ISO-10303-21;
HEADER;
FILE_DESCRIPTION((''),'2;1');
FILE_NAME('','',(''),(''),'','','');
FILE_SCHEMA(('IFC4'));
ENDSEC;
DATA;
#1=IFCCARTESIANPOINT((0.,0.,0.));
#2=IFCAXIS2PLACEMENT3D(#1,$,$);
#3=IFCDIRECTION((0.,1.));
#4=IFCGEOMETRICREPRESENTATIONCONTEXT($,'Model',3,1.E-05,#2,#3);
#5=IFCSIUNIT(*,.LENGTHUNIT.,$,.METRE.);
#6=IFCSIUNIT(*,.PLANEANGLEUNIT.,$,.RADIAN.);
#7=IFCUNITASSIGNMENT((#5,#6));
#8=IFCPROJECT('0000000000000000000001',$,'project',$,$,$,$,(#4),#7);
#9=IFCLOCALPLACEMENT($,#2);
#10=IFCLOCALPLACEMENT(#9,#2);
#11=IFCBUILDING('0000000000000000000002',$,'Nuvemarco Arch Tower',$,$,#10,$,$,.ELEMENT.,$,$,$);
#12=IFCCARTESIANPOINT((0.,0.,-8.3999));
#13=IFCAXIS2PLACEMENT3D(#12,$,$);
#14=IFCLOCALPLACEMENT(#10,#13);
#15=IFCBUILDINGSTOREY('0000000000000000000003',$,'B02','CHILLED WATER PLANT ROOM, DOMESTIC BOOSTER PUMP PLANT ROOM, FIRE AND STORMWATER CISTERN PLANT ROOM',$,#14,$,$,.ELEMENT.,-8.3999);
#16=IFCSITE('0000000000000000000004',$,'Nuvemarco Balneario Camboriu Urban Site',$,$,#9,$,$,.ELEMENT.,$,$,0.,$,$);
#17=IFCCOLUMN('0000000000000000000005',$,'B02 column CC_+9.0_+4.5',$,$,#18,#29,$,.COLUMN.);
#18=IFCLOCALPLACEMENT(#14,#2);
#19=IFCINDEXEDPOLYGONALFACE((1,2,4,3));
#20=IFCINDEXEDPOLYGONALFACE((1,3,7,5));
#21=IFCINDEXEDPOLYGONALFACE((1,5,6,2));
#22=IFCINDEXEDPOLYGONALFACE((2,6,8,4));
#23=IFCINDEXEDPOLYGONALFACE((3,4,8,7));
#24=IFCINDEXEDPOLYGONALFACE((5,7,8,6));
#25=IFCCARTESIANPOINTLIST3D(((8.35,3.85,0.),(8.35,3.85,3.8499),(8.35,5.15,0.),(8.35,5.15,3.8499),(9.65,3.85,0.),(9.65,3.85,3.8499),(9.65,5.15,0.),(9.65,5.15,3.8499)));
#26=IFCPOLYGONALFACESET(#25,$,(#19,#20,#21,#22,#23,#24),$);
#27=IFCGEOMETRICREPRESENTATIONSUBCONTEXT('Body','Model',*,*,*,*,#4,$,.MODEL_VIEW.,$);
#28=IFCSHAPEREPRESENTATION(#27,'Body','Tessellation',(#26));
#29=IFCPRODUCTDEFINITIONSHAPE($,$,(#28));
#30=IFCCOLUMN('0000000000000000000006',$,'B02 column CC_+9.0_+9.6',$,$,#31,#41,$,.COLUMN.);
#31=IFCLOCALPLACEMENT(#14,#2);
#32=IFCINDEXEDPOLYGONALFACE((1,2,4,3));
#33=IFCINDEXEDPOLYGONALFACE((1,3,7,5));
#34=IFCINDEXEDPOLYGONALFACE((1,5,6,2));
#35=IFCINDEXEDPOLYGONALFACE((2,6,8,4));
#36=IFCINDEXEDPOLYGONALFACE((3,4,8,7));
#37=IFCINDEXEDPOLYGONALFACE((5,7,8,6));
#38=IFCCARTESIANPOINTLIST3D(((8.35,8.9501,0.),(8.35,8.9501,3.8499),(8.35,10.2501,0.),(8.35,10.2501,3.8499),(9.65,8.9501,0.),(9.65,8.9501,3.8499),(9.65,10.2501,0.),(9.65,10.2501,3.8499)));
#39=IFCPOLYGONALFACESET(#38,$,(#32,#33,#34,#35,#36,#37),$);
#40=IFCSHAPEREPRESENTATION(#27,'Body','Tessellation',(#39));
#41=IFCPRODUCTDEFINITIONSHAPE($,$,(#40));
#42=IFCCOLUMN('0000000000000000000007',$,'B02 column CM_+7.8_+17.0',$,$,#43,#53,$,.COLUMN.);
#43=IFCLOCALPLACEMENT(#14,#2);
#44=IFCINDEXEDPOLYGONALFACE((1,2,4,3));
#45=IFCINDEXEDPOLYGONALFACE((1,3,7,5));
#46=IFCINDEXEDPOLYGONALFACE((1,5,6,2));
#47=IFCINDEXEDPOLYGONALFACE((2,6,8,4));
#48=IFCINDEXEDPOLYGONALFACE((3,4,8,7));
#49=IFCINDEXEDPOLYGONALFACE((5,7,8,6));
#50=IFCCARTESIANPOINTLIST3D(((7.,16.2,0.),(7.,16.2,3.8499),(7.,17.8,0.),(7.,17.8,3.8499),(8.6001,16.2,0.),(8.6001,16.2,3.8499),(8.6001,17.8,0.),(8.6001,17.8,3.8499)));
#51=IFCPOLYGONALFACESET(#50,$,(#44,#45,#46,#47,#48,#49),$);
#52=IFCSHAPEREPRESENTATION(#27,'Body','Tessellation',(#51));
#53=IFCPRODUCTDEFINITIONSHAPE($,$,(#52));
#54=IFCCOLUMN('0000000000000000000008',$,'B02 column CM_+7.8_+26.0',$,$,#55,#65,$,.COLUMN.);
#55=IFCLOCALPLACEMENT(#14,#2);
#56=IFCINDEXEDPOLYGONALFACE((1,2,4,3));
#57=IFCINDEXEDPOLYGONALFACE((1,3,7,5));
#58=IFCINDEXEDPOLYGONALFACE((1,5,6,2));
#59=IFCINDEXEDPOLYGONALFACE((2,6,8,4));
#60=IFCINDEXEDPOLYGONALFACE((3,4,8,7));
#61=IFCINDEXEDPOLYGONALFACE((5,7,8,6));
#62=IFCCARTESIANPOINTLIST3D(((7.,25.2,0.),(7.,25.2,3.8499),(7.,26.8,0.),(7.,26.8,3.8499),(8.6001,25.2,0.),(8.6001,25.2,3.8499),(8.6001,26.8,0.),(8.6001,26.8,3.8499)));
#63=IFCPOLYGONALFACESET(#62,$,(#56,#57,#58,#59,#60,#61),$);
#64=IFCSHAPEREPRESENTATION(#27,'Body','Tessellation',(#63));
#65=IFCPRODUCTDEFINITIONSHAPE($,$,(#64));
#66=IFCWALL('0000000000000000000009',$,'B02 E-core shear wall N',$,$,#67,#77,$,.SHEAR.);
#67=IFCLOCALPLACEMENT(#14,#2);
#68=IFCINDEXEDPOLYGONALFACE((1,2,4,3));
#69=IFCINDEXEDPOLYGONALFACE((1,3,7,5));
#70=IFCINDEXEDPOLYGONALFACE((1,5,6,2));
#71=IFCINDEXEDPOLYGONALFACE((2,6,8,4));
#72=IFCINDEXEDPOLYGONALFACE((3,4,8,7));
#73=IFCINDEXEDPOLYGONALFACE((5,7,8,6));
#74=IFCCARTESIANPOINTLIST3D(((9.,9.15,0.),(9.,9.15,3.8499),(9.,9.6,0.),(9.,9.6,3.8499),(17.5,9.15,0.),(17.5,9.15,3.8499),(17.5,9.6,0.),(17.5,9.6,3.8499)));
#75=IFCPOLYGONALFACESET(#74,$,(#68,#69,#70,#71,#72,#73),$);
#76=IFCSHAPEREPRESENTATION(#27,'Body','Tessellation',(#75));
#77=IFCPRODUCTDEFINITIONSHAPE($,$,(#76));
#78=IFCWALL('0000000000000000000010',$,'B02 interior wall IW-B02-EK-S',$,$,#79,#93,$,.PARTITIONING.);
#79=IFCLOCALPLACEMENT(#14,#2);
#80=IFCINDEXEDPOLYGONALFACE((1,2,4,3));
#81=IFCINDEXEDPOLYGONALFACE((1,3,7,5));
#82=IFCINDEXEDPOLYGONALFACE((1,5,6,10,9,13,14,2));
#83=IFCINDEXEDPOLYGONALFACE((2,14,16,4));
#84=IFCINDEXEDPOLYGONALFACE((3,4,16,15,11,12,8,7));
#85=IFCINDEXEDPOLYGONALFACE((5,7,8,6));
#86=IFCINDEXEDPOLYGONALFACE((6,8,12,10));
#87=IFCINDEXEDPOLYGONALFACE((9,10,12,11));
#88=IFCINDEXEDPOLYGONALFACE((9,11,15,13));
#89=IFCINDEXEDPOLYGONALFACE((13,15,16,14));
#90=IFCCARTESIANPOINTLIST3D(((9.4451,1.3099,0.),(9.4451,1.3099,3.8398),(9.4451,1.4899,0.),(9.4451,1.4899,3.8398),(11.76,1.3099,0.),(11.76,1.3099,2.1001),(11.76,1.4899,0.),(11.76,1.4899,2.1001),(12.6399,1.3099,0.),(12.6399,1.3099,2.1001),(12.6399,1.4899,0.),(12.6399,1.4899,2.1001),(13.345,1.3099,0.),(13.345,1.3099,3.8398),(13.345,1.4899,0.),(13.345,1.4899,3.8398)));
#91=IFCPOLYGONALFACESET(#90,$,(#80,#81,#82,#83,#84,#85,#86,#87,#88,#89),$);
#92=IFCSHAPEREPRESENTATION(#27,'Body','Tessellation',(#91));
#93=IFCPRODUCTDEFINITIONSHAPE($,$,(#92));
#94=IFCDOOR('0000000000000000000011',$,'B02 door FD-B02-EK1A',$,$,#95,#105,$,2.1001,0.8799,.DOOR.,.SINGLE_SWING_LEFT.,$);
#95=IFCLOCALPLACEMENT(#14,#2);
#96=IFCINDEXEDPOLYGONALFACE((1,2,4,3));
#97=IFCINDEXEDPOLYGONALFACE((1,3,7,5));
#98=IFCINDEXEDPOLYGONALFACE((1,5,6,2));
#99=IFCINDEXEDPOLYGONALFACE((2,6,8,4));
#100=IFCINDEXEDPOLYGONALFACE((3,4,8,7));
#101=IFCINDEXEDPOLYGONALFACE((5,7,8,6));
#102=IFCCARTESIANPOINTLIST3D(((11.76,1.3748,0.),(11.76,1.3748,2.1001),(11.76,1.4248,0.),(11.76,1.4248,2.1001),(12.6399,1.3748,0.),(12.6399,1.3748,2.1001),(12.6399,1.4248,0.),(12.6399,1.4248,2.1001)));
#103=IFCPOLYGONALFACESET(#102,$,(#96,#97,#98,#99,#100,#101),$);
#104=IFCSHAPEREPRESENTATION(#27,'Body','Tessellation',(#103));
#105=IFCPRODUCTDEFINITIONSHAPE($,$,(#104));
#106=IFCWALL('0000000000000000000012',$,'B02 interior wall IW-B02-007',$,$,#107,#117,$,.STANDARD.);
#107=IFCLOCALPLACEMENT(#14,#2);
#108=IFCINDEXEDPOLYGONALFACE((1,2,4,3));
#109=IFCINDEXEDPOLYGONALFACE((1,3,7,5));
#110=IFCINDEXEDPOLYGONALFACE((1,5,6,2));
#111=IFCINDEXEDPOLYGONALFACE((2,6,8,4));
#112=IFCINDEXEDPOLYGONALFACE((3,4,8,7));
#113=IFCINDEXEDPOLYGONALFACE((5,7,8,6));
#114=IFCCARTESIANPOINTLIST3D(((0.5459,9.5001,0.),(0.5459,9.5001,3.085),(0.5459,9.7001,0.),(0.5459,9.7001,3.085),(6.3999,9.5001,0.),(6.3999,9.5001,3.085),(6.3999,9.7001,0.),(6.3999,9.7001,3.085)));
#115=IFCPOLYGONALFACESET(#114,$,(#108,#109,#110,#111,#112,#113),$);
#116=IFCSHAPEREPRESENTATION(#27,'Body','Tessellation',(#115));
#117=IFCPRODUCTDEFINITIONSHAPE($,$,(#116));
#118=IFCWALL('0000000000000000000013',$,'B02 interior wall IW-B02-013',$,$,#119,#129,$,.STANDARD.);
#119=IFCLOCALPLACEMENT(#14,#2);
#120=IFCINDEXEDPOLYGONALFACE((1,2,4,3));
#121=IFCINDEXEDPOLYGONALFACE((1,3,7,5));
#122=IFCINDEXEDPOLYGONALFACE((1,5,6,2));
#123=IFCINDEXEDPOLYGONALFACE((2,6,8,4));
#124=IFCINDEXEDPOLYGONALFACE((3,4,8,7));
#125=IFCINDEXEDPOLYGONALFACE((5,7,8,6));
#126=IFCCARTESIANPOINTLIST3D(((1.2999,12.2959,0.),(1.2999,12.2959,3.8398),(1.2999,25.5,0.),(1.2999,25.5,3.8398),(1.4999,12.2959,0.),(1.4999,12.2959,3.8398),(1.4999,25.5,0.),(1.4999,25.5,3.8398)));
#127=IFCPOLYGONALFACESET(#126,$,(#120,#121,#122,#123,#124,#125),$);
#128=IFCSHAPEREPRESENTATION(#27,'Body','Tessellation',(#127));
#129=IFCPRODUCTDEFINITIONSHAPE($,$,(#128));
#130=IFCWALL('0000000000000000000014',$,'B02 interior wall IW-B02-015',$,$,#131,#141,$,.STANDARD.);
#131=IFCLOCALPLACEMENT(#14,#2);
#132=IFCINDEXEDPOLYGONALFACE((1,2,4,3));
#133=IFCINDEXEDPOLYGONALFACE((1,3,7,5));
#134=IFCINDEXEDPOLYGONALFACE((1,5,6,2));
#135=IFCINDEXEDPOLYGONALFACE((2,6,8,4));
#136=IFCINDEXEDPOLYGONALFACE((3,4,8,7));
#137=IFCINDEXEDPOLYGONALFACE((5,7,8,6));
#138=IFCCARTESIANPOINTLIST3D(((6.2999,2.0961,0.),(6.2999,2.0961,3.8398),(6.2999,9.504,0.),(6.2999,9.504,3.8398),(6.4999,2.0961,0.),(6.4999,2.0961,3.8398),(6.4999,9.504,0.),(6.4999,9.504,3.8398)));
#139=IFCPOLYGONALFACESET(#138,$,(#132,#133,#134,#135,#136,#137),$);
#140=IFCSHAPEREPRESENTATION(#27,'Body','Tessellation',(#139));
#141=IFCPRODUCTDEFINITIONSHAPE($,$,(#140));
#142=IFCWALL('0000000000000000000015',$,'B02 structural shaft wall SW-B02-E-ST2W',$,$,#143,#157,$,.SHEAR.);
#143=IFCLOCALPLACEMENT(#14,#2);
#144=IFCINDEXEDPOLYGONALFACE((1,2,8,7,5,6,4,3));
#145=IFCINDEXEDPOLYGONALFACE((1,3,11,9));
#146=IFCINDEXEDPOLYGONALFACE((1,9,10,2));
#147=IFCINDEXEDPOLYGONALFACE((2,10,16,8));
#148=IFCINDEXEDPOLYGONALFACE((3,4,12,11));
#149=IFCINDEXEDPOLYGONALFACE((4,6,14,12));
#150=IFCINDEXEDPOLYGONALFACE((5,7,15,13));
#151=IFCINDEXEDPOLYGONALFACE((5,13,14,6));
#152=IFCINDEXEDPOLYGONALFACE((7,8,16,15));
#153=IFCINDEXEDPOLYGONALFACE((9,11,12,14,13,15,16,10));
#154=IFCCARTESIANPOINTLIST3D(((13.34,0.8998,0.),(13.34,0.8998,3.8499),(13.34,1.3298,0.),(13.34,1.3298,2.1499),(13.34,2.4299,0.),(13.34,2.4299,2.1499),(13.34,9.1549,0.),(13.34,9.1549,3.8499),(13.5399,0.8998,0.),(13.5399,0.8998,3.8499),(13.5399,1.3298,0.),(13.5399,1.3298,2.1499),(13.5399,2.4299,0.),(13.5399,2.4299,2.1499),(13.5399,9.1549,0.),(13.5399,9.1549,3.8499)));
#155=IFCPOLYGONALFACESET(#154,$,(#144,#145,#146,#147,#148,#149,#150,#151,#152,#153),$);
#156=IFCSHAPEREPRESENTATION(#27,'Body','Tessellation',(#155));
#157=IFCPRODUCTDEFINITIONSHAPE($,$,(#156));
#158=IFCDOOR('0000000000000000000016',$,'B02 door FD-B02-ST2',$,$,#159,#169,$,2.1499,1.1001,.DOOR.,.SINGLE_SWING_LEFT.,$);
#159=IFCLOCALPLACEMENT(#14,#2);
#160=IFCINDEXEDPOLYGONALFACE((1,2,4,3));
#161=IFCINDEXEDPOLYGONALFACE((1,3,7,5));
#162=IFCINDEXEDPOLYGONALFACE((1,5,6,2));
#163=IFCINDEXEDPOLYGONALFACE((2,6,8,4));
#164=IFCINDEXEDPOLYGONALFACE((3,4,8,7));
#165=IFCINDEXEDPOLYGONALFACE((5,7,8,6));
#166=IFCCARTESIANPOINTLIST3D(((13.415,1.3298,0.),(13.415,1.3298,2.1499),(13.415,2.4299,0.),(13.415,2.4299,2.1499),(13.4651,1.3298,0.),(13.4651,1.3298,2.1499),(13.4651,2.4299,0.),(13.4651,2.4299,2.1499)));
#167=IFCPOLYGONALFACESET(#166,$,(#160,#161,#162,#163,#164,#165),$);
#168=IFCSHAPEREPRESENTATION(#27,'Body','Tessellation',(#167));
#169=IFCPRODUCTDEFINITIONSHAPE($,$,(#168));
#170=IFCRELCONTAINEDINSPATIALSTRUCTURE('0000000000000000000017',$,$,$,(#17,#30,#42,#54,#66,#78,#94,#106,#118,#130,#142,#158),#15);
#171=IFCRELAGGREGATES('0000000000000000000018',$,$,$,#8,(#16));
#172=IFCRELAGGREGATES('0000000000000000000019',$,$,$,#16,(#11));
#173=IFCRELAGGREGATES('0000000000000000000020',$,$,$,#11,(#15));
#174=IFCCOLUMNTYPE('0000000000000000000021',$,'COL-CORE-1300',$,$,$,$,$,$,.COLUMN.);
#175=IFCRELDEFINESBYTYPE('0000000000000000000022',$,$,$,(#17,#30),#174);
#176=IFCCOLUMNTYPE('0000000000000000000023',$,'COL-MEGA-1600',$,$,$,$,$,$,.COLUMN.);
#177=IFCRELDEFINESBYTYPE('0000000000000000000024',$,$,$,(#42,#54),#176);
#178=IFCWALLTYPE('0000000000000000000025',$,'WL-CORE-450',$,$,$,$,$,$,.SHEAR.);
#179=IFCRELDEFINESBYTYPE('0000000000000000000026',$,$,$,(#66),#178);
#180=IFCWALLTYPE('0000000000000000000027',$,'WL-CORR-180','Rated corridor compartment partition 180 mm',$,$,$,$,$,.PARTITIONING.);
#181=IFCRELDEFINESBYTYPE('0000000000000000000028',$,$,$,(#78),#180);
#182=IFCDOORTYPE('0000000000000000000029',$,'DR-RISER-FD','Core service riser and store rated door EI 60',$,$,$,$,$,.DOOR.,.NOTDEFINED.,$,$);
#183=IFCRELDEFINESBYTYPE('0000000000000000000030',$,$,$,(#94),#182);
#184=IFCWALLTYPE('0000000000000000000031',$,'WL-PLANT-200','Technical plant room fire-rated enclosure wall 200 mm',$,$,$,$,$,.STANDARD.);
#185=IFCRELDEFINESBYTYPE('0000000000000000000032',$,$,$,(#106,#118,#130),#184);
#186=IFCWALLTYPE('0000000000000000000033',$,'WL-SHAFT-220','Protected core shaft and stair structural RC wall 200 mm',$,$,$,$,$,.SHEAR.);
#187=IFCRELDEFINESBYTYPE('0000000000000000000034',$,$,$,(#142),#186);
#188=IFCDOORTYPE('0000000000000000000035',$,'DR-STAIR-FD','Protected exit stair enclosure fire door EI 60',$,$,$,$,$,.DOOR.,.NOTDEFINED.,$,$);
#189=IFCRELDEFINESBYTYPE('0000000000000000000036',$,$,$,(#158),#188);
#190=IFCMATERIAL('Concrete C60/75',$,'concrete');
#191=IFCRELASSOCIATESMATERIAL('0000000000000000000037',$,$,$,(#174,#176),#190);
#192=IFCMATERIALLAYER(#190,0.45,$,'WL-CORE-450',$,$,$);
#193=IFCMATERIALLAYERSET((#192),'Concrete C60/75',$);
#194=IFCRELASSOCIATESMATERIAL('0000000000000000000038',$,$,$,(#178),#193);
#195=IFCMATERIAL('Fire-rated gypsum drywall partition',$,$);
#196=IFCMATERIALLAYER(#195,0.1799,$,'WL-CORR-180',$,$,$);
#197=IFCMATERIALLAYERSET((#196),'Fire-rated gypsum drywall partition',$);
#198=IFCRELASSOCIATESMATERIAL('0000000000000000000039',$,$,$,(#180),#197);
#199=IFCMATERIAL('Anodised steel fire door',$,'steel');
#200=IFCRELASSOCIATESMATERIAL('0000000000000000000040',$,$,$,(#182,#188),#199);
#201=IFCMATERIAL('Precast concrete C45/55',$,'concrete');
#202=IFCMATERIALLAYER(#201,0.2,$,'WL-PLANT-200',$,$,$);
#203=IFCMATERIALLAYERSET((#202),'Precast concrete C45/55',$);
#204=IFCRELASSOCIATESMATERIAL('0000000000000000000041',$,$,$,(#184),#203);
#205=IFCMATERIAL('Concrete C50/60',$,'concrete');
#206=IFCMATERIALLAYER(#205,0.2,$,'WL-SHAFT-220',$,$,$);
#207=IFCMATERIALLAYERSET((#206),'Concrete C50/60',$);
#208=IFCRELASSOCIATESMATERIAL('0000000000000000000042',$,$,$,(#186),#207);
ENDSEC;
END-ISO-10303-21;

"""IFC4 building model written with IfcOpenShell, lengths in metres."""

from ifc_helpers import new_model, si_unit, direction, frame, frame_2d, origin, origin_2d, place, context, subcontext, project, spatial, rectangle, extrude, source, transform, mapped, material, layer, layer_set, material_profile, profile_set, type_object, type_shapes, element, fill, save


model = new_model("IFC4")

# Units and contexts
model_context = context("Model", 3, precision=1e-05, world=origin(), true_north=direction((0.0, 1.0)))
body_context = subcontext(model_context, "Body", "Model", "MODEL_VIEW")
ifc_project = project(units=[si_unit("LENGTHUNIT", "METRE"), si_unit("PLANEANGLEUNIT", "RADIAN")], contexts=[model_context])

# Site, building, storey
site_placement = place(None, origin())
site = spatial("IfcSite", under=ifc_project, at=site_placement, Name="Nuvemarco Balneario Camboriu Urban Site", CompositionType="ELEMENT", RefElevation=0.0)
building_placement = place(site_placement, origin())
building = spatial("IfcBuilding", under=site, at=building_placement, Name="Nuvemarco Arch Tower", CompositionType="ELEMENT")
storey_placement = place(building_placement, frame((0.0, 0.0, -8.3999)))
storey = spatial("IfcBuildingStorey", under=building, at=storey_placement, Name="B02", Description="CHILLED WATER PLANT ROOM, DOMESTIC BOOSTER PUMP PLANT ROOM, FIRE AND STORMWATER CISTERN PLANT ROOM", CompositionType="ELEMENT", Elevation=-8.3999)

# Shared definitions
ifc_material_1 = material(Name="Concrete C50/60", Category="concrete")

# Columns
ifc_material_2 = material(Name="Concrete C60/75", Category="concrete")
ifc_material_profile_1 = material_profile(ifc_material_2, rectangle(XDim=1.3, YDim=1.3, at=origin_2d()), Name="RC-COL-1300x1300")
ifc_profile_set_1 = profile_set([ifc_material_profile_1], Name="Concrete C60/75")
column_type_1 = type_object("IfcColumnType", Name="COL-CORE-1300", PredefinedType="COLUMN", material=ifc_profile_set_1)
for number, where, z_axis, x_axis, name in (
    (1, (9.0, 4.5, 0.0), (0.0, 0.0, 1.0), (1.0, 0.0, 0.0), "B02 column CC_+9.0_+4.5"),
    (2, (9.0, 9.6001, 0.0), (0.0, 0.0, 1.0), (1.0, 0.0, 0.0), "B02 column CC_+9.0_+9.6"),
):
    element("IfcColumn", number, at=place(storey_placement, frame(where, z_axis=z_axis, x_axis=x_axis)), inside=storey, type_object=column_type_1, Name=name, PredefinedType="COLUMN", context=body_context, shape_type="SweptSolid", body=[
        extrude(rectangle(XDim=1.3, YDim=1.3, at=origin_2d()), origin(), (0.0, 0.0, 1.0), 3.8499),
    ])
ifc_material_profile_2 = material_profile(ifc_material_2, rectangle(XDim=1.6001, YDim=1.6001, at=origin_2d()), Name="RC-COL-1600x1600")
ifc_profile_set_2 = profile_set([ifc_material_profile_2], Name="Concrete C60/75")
column_type_2 = type_object("IfcColumnType", Name="COL-MEGA-1600", PredefinedType="COLUMN", material=ifc_profile_set_2)
for number, where, z_axis, x_axis, name in (
    (3, (7.8, 17.0, 0.0), (0.0, 0.0, 1.0), (1.0, 0.0, 0.0), "B02 column CM_+7.8_+17.0"),
    (4, (7.8, 26.0, 0.0), (0.0, 0.0, 1.0), (1.0, 0.0, 0.0), "B02 column CM_+7.8_+26.0"),
):
    element("IfcColumn", number, at=place(storey_placement, frame(where, z_axis=z_axis, x_axis=x_axis)), inside=storey, type_object=column_type_2, Name=name, PredefinedType="COLUMN", context=body_context, shape_type="SweptSolid", body=[
        extrude(rectangle(XDim=1.6001, YDim=1.6001, at=origin_2d()), origin(), (0.0, 0.0, 1.0), 3.8499),
    ])

# Wall
ifc_layer_1 = layer(ifc_material_2, 0.45, Name="WL-CORE-450")
ifc_layer_set_1 = layer_set([ifc_layer_1], Name="Concrete C60/75")
wall_type_1 = type_object("IfcWallType", Name="WL-CORE-450", PredefinedType="SHEAR", material=ifc_layer_set_1)
wall_1_placement = place(storey_placement, frame((9.0, 9.375, 0.0), z_axis=(0.0, 0.0, 1.0), x_axis=(1.0, 0.0, 0.0)))
element("IfcWall", 5, at=wall_1_placement, inside=storey, type_object=wall_type_1, Name="B02 E-core shear wall N", PredefinedType="SHEAR", context=body_context, shape_type="SweptSolid", body=[
    extrude(rectangle(XDim=8.5, YDim=0.45, at=frame_2d((4.25, 0.0))), origin(), (0.0, 0.0, 1.0), 3.8499),
])

# Wall, opening, door
ifc_material_3 = material(Name="Fire-rated gypsum drywall partition")
ifc_layer_2 = layer(ifc_material_3, 0.1799, Name="WL-CORR-180")
ifc_layer_set_2 = layer_set([ifc_layer_2], Name="Fire-rated gypsum drywall partition")
wall_type_2 = type_object("IfcWallType", Name="WL-CORR-180", Description="Rated corridor compartment partition 180 mm", PredefinedType="PARTITIONING", material=ifc_layer_set_2)
wall_2_placement = place(storey_placement, frame((9.4451, 1.3999, 0.0), z_axis=(0.0, 0.0, 1.0), x_axis=(1.0, 0.0, 0.0)))
wall_2 = element("IfcWall", 6, at=wall_2_placement, inside=storey, type_object=wall_type_2, Name="B02 interior wall IW-B02-EK-S", PredefinedType="PARTITIONING", context=body_context, shape_type="SweptSolid", body=[
    extrude(rectangle(XDim=3.8999, YDim=0.1799, at=frame_2d((1.95, 0.0))), origin(), (0.0, 0.0, 1.0), 3.8398),
])
opening_1_placement = place(wall_2_placement, frame((2.3149, 0.0, 0.0)))
opening_1 = element("IfcOpeningElement", 7, at=opening_1_placement, cuts=wall_2, PredefinedType="OPENING", context=body_context, shape_type="SweptSolid", body=[
    extrude(rectangle(XDim=0.8799, YDim=2.1001, at=frame_2d((0.4399, 1.05))), frame((0.0, 0.0999, 0.0), z_axis=(0.0, -1.0, 0.0), x_axis=(1.0, 0.0, 0.0)), (0.0, 0.0, 1.0), 0.2),
])
ifc_material_4 = material(Name="Anodised steel fire door", Category="steel")
door_type_1 = type_object("IfcDoorType", Name="DR-RISER-FD", Description="Core service riser and store rated door EI 60", OperationType="NOTDEFINED", PredefinedType="DOOR", material=ifc_material_4)
shared_shape_1 = source(origin(), body_context, "Body", "SweptSolid", [
    extrude(rectangle(XDim=0.8799, YDim=2.1001, at=frame_2d((0.4399, 1.05))), frame((0.0, 0.0249, 0.0), z_axis=(0.0, -1.0, 0.0), x_axis=(1.0, 0.0, 0.0)), (0.0, 0.0, 1.0), 0.05),
])
type_shapes(door_type_1, [shared_shape_1])
door_1_placement = place(opening_1_placement, origin())
door_1 = element("IfcDoor", 8, at=door_1_placement, inside=storey, type_object=door_type_1, Name="B02 door FD-B02-EK1A", OperationType="SINGLE_SWING_LEFT", OverallHeight=2.1001, OverallWidth=0.8799, PredefinedType="DOOR", context=body_context, shape_type="MappedRepresentation", body=[
    mapped(shared_shape_1, transform((0.0, 0.0, 0.0), scale=1.0)),
])
fill(opening_1, door_1)

# Walls
ifc_material_5 = material(Name="Precast concrete C45/55", Category="concrete")
ifc_layer_3 = layer(ifc_material_5, 0.2, Name="WL-PLANT-200")
ifc_layer_set_3 = layer_set([ifc_layer_3], Name="Precast concrete C45/55")
wall_type_3 = type_object("IfcWallType", Name="WL-PLANT-200", Description="Technical plant room fire-rated enclosure wall 200 mm", PredefinedType="STANDARD", material=ifc_layer_set_3)
wall_3_placement = place(storey_placement, frame((0.5459, 9.6001, 0.0), z_axis=(0.0, 0.0, 1.0), x_axis=(1.0, 0.0, 0.0)))
element("IfcWall", 9, at=wall_3_placement, inside=storey, type_object=wall_type_3, Name="B02 interior wall IW-B02-007", PredefinedType="STANDARD", context=body_context, shape_type="SweptSolid", body=[
    extrude(rectangle(XDim=5.854, YDim=0.2, at=frame_2d((2.927, 0.0))), origin(), (0.0, 0.0, 1.0), 3.085),
])
wall_4_placement = place(storey_placement, frame((1.3999, 12.2959, 0.0), z_axis=(0.0, 0.0, 1.0), x_axis=(0.0, 1.0, 0.0)))
element("IfcWall", 10, at=wall_4_placement, inside=storey, type_object=wall_type_3, Name="B02 interior wall IW-B02-013", PredefinedType="STANDARD", context=body_context, shape_type="SweptSolid", body=[
    extrude(rectangle(XDim=13.2041, YDim=0.2, at=frame_2d((6.6021, 0.0))), origin(), (0.0, 0.0, 1.0), 3.8398),
])
wall_5_placement = place(storey_placement, frame((6.3999, 2.0959, 0.0), z_axis=(0.0, 0.0, 1.0), x_axis=(0.0, 1.0, 0.0)))
element("IfcWall", 11, at=wall_5_placement, inside=storey, type_object=wall_type_3, Name="B02 interior wall IW-B02-015", PredefinedType="STANDARD", context=body_context, shape_type="SweptSolid", body=[
    extrude(rectangle(XDim=7.408, YDim=0.2, at=frame_2d((3.7041, 0.0))), origin(), (0.0, 0.0, 1.0), 3.8398),
])

# Wall, opening, door
ifc_layer_4 = layer(ifc_material_1, 0.2, Name="WL-SHAFT-220")
ifc_layer_set_4 = layer_set([ifc_layer_4], Name="Concrete C50/60")
wall_type_4 = type_object("IfcWallType", Name="WL-SHAFT-220", Description="Protected core shaft and stair structural RC wall 200 mm", PredefinedType="SHEAR", material=ifc_layer_set_4)
wall_6_placement = place(storey_placement, frame((13.4399, 0.8999, 0.0), z_axis=(0.0, 0.0, 1.0), x_axis=(0.0, 1.0, 0.0)))
wall_6 = element("IfcWall", 12, at=wall_6_placement, inside=storey, type_object=wall_type_4, Name="B02 structural shaft wall SW-B02-E-ST2W", PredefinedType="SHEAR", context=body_context, shape_type="SweptSolid", body=[
    extrude(rectangle(XDim=8.2551, YDim=0.2, at=frame_2d((4.1274, 0.0))), origin(), (0.0, 0.0, 1.0), 3.8499),
])
opening_2_placement = place(wall_6_placement, frame((0.4299, 0.0, 0.0)))
opening_2 = element("IfcOpeningElement", 13, at=opening_2_placement, cuts=wall_6, PredefinedType="OPENING", context=body_context, shape_type="SweptSolid", body=[
    extrude(rectangle(XDim=1.1001, YDim=2.1499, at=frame_2d((0.55, 1.075))), frame((0.0, 0.1099, 0.0), z_axis=(0.0, -1.0, 0.0), x_axis=(1.0, 0.0, 0.0)), (0.0, 0.0, 1.0), 0.22),
])
door_type_2 = type_object("IfcDoorType", Name="DR-STAIR-FD", Description="Protected exit stair enclosure fire door EI 60", OperationType="NOTDEFINED", PredefinedType="DOOR", material=ifc_material_4)
shared_shape_2 = source(origin(), body_context, "Body", "SweptSolid", [
    extrude(rectangle(XDim=1.1001, YDim=2.1499, at=frame_2d((0.55, 1.075))), frame((0.0, 0.0249, 0.0), z_axis=(0.0, -1.0, 0.0), x_axis=(1.0, 0.0, 0.0)), (0.0, 0.0, 1.0), 0.05),
])
type_shapes(door_type_2, [shared_shape_2])
door_2_placement = place(opening_2_placement, origin())
door_2 = element("IfcDoor", 14, at=door_2_placement, inside=storey, type_object=door_type_2, Name="B02 door FD-B02-ST2", OperationType="SINGLE_SWING_LEFT", OverallHeight=2.1499, OverallWidth=1.1001, PredefinedType="DOOR", context=body_context, shape_type="MappedRepresentation", body=[
    mapped(shared_shape_2, transform((0.0, 0.0, 0.0), scale=1.0)),
])
fill(opening_2, door_2)

save(model, "model.ifc")
